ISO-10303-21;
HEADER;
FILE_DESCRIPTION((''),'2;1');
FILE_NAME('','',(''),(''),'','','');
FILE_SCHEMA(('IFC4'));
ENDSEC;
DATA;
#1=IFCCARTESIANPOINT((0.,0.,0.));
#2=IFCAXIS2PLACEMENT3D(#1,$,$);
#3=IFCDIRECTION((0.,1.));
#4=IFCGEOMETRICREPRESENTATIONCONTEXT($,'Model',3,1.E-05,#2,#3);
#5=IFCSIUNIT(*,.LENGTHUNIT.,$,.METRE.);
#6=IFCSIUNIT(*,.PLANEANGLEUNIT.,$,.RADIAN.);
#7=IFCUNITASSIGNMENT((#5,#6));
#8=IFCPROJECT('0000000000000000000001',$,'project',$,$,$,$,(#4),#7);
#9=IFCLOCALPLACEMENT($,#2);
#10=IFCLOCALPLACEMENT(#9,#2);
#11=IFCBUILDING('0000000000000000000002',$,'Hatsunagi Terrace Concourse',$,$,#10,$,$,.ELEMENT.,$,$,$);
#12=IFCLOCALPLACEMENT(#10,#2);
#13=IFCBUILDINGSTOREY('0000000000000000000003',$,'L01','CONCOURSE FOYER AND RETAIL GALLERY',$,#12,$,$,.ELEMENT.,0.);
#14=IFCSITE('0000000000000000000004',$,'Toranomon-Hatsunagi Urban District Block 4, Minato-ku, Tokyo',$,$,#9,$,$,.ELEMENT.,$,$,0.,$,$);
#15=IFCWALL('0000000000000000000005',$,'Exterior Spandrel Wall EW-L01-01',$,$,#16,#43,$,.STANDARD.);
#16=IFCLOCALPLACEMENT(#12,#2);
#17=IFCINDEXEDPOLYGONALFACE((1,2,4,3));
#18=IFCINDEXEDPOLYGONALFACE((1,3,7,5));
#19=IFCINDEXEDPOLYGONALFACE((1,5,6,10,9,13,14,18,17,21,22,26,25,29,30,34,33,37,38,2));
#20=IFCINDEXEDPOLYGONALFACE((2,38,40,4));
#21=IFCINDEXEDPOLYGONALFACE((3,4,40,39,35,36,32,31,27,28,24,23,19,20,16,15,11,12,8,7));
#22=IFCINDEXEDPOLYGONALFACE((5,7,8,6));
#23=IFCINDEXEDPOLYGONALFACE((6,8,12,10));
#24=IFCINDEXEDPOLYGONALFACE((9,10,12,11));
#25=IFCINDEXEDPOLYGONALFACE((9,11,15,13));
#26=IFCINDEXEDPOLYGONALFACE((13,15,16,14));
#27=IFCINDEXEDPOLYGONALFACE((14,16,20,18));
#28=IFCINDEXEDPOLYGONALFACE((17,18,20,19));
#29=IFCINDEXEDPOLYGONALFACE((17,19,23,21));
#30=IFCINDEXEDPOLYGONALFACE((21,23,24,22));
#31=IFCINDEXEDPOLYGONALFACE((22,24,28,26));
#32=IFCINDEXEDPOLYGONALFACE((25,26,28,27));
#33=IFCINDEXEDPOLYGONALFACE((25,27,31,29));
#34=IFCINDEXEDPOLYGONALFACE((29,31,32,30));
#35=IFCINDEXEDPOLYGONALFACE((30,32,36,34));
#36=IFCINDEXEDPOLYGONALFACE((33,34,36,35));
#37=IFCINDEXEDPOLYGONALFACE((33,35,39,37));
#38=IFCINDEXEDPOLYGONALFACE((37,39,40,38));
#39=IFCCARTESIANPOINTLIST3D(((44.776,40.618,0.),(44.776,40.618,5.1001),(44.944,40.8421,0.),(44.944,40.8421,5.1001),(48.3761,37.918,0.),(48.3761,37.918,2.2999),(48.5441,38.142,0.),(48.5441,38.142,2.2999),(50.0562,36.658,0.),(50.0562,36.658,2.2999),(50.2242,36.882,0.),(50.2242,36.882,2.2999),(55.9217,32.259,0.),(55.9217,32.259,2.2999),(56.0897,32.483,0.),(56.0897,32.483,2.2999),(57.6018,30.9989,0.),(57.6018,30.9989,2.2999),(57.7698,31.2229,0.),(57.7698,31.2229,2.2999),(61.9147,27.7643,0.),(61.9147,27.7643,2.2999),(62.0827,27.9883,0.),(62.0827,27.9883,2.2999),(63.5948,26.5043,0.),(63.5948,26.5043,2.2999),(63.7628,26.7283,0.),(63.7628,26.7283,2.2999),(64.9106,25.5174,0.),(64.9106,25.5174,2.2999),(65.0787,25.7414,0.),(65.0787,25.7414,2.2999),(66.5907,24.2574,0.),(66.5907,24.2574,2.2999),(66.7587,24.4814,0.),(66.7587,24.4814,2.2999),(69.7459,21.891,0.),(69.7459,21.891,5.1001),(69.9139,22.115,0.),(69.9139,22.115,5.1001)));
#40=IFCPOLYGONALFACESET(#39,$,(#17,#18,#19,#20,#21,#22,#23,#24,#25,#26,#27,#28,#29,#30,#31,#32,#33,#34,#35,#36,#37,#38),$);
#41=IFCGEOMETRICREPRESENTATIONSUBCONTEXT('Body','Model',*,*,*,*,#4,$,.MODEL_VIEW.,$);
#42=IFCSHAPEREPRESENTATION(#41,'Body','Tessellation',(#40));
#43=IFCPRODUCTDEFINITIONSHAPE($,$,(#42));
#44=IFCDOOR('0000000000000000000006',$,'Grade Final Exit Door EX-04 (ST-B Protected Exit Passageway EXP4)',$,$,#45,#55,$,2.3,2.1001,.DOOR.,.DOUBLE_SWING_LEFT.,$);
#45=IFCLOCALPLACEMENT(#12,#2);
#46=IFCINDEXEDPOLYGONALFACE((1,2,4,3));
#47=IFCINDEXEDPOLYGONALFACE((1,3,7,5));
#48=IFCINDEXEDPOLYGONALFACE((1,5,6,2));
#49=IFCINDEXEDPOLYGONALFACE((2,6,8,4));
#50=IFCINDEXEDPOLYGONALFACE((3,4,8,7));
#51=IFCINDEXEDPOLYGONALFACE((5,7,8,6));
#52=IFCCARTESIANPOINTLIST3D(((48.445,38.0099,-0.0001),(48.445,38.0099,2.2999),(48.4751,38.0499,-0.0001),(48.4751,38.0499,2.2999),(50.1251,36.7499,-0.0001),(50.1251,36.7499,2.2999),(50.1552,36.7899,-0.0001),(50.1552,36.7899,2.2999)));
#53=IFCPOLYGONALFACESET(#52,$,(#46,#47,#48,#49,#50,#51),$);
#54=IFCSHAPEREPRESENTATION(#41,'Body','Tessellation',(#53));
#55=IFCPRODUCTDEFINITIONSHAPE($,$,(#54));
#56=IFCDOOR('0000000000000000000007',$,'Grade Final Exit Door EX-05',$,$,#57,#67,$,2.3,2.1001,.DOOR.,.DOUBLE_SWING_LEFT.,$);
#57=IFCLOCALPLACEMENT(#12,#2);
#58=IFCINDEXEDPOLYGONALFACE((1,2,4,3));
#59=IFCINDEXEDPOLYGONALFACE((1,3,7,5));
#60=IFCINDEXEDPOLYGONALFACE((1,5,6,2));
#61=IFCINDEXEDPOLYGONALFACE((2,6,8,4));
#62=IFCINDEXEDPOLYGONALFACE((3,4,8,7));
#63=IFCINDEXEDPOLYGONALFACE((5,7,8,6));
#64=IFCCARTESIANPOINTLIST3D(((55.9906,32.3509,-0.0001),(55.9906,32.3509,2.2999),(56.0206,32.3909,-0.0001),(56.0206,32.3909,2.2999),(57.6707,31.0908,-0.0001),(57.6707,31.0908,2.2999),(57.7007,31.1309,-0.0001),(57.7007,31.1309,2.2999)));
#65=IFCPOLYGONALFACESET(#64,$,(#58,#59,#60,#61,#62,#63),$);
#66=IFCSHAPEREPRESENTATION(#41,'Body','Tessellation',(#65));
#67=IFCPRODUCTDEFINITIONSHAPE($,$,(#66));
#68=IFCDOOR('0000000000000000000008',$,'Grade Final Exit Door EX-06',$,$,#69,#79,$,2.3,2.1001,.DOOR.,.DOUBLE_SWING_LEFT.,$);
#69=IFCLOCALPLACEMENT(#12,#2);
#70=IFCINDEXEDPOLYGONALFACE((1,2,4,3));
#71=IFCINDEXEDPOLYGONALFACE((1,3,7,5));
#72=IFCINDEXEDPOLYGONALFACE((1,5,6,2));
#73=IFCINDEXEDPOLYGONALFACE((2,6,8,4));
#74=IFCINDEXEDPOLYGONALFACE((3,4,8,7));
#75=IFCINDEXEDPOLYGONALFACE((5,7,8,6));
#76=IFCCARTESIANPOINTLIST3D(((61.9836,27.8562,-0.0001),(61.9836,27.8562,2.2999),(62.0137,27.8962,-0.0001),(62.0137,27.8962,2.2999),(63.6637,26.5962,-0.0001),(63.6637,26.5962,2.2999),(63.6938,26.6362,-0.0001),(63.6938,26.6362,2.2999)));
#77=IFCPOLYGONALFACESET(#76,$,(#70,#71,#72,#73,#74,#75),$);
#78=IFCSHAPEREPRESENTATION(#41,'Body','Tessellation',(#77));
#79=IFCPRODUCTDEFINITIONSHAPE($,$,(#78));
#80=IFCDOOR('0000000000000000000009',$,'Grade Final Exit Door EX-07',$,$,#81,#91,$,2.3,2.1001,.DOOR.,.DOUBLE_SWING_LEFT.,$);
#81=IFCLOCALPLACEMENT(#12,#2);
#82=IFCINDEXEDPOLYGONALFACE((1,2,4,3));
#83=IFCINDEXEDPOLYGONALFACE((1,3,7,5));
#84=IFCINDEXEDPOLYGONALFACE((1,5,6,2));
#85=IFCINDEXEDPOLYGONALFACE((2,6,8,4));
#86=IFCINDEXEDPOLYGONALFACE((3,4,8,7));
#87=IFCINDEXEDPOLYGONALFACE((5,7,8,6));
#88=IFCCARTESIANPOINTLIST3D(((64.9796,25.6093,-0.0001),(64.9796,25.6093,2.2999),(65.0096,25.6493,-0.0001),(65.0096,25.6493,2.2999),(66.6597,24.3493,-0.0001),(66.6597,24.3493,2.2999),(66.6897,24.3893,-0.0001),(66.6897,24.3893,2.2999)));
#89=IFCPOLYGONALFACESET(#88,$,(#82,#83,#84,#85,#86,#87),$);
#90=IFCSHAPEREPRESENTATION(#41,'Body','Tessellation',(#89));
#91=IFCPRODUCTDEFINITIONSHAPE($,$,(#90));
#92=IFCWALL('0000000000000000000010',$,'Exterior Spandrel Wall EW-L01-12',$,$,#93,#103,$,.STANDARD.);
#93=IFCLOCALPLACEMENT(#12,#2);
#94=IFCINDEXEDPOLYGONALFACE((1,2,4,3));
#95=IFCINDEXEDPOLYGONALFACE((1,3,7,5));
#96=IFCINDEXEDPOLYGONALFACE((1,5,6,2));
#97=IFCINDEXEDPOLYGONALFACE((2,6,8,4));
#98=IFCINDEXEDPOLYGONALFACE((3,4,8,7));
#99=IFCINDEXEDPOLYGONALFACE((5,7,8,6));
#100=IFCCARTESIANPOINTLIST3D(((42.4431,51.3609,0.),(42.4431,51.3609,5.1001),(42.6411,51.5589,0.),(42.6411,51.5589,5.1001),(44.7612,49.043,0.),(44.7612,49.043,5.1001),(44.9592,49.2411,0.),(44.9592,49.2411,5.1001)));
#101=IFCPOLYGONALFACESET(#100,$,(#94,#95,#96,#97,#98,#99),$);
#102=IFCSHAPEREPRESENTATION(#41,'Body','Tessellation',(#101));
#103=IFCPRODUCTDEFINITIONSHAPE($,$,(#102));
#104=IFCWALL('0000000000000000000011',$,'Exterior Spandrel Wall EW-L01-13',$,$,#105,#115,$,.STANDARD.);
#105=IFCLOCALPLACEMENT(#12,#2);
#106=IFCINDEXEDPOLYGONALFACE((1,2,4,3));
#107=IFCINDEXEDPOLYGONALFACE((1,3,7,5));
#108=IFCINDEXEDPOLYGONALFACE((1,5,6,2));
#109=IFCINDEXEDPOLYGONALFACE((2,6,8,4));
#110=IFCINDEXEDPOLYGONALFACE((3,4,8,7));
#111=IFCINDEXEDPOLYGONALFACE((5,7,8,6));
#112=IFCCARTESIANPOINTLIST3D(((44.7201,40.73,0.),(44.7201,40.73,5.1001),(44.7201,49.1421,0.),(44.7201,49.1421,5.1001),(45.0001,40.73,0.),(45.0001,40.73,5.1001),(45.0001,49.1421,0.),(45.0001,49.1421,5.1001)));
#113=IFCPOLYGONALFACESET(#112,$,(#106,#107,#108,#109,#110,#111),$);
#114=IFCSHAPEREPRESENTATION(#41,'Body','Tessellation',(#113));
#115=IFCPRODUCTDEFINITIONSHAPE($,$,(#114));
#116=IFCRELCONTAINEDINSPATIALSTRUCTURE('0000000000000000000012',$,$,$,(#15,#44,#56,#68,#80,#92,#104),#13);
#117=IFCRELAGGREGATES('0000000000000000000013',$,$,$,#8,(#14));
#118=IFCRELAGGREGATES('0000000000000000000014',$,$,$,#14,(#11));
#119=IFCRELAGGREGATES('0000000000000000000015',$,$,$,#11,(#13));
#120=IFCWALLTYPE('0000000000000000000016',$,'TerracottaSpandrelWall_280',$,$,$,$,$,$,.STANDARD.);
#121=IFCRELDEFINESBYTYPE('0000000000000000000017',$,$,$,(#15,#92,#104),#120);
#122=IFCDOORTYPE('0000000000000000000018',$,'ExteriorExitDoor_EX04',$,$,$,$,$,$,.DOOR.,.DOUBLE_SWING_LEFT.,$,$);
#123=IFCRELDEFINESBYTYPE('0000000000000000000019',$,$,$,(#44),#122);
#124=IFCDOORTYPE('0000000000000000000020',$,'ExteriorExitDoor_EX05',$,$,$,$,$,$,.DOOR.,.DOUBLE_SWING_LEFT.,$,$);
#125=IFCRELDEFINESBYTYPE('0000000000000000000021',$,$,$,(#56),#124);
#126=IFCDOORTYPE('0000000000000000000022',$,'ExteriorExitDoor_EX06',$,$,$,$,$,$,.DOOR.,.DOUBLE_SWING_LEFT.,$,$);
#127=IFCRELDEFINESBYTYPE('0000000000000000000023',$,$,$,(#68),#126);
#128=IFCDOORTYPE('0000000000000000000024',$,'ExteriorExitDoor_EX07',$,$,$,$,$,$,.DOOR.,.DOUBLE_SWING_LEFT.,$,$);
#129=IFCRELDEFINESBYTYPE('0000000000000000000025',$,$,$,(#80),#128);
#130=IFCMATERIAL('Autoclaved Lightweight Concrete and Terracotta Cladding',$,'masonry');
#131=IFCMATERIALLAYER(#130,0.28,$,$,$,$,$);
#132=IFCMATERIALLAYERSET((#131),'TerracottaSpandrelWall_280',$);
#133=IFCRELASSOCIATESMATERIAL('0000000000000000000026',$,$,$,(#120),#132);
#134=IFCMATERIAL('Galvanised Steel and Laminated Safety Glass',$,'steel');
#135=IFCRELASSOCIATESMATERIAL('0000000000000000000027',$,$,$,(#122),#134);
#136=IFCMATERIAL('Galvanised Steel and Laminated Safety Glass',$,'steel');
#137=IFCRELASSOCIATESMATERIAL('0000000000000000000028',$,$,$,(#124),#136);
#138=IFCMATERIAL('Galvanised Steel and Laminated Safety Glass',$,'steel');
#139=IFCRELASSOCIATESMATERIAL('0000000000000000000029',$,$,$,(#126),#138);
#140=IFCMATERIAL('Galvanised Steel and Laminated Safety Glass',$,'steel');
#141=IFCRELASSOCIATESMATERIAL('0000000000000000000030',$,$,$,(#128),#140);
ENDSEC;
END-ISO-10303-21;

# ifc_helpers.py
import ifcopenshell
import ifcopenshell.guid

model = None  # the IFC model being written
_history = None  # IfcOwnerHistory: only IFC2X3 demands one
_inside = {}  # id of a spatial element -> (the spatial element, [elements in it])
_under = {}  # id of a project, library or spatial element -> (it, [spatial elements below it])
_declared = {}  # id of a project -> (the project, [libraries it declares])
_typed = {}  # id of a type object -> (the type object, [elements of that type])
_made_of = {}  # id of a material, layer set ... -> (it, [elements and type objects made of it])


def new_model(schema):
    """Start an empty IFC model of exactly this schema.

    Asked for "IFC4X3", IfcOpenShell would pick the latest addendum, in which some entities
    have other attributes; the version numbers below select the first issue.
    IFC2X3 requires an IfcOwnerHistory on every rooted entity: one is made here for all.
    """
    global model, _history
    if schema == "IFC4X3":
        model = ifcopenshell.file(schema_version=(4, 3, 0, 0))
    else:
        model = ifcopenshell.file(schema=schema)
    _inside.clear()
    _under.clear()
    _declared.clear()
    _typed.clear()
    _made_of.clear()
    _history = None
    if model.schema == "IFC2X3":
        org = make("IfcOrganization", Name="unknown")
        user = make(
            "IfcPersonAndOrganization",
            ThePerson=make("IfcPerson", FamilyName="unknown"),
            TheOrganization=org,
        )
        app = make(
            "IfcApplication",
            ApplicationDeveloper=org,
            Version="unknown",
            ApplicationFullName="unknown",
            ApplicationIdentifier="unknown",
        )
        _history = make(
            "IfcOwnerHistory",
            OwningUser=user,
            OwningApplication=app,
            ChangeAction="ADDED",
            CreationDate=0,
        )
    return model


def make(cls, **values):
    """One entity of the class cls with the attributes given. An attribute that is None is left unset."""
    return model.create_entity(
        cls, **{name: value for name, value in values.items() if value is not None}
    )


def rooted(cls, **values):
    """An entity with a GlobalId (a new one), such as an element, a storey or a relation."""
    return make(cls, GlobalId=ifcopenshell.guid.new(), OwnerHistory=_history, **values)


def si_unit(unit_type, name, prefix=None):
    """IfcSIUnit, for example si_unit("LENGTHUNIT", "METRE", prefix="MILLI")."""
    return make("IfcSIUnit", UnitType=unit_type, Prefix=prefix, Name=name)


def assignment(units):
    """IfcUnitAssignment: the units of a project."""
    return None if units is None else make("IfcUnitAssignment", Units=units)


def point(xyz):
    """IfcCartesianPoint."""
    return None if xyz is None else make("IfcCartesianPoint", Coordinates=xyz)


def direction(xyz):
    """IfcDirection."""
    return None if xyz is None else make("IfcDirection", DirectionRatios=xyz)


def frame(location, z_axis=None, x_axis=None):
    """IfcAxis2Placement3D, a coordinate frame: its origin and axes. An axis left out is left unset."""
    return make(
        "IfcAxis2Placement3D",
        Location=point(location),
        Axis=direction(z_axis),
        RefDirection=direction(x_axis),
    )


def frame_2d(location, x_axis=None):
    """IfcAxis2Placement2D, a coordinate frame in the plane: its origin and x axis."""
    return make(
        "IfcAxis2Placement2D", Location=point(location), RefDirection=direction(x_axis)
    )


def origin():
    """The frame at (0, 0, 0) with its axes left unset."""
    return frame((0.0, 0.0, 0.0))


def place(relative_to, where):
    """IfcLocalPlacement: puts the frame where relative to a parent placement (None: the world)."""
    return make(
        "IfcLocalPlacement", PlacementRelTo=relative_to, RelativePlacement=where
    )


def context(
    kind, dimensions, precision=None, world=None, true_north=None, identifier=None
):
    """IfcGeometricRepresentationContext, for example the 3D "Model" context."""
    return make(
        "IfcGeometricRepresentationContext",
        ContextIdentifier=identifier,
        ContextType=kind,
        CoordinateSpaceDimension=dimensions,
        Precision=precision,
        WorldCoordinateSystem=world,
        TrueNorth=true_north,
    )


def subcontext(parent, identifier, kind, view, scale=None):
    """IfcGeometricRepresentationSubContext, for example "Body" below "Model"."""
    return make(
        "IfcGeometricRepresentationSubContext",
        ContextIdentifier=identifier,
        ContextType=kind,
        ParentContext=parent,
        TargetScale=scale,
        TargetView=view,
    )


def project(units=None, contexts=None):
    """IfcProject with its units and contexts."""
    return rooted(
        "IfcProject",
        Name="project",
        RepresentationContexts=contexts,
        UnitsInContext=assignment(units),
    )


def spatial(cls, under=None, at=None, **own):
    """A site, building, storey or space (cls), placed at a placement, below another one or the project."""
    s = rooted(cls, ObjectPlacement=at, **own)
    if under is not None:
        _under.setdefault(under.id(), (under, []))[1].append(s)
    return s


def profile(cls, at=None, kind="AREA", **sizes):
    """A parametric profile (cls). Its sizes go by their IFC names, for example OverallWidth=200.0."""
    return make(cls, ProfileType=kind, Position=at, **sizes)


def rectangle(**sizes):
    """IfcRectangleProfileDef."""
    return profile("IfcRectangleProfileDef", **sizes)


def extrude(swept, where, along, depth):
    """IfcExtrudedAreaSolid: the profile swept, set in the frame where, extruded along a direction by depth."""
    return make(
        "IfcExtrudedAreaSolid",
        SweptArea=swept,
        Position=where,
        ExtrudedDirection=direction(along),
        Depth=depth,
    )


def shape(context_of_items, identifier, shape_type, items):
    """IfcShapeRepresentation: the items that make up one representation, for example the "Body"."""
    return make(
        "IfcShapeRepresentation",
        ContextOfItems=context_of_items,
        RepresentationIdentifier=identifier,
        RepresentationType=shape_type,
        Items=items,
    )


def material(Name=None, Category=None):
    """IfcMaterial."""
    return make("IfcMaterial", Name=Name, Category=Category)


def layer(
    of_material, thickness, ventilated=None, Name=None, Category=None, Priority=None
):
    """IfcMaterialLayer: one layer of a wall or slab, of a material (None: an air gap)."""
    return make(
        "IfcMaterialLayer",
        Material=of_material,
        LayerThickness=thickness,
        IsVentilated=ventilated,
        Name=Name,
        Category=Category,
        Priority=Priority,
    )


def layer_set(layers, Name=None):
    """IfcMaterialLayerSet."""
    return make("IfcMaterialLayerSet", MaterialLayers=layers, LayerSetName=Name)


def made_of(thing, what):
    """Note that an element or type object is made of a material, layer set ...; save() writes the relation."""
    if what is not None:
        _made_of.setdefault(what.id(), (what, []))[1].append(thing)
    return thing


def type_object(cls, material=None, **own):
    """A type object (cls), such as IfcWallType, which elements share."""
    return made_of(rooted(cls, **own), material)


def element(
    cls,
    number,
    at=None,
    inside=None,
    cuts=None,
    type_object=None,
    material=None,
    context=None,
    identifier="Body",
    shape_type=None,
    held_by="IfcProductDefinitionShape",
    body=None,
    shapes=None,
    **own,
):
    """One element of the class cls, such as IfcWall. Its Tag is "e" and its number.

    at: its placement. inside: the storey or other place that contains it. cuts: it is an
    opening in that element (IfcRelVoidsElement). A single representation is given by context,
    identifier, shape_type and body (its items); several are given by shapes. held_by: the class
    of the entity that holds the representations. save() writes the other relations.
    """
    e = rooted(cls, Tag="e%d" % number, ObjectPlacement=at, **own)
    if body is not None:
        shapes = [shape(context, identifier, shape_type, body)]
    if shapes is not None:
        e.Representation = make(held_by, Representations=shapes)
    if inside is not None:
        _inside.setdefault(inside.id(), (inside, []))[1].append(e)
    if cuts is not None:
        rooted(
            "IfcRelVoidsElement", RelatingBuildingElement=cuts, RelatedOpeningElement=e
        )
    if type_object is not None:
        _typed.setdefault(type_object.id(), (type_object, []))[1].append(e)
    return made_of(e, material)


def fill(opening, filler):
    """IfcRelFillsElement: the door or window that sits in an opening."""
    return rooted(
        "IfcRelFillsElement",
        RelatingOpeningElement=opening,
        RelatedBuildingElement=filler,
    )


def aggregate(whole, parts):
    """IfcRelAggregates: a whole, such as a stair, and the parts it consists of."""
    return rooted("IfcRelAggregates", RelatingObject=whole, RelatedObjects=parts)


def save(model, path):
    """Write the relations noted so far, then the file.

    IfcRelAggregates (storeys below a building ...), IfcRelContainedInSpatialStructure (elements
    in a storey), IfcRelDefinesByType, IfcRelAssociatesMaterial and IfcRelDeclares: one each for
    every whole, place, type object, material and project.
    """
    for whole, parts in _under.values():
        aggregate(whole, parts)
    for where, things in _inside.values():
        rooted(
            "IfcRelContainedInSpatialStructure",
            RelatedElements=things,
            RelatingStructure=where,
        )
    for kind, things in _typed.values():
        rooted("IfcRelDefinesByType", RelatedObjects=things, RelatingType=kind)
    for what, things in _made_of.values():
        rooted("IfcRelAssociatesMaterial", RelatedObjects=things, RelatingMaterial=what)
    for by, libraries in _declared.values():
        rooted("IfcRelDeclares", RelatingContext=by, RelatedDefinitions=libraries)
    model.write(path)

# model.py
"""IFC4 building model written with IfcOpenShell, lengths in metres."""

from ifc_helpers import new_model, si_unit, direction, frame, frame_2d, origin, place, context, subcontext, project, spatial, rectangle, extrude, material, layer, layer_set, type_object, element, fill, save


model = new_model("IFC4")

# Units and contexts
model_context = context("Model", 3, precision=1e-05, world=origin(), true_north=direction((0.0, 1.0)))
body_context = subcontext(model_context, "Body", "Model", "MODEL_VIEW")
ifc_project = project(units=[si_unit("LENGTHUNIT", "METRE"), si_unit("PLANEANGLEUNIT", "RADIAN")], contexts=[model_context])

# Site, building, storey
site_placement = place(None, origin())
site = spatial("IfcSite", under=ifc_project, at=site_placement, Name="Toranomon-Hatsunagi Urban District Block 4, Minato-ku, Tokyo", CompositionType="ELEMENT", RefElevation=0.0)
building_placement = place(site_placement, origin())
building = spatial("IfcBuilding", under=site, at=building_placement, Name="Hatsunagi Terrace Concourse", CompositionType="ELEMENT")
storey_placement = place(building_placement, origin())
storey = spatial("IfcBuildingStorey", under=building, at=storey_placement, Name="L01", Description="CONCOURSE FOYER AND RETAIL GALLERY", CompositionType="ELEMENT", Elevation=0.0)

# Wall, openings, doors
ifc_material_1 = material(Name="Autoclaved Lightweight Concrete and Terracotta Cladding", Category="masonry")
ifc_layer_1 = layer(ifc_material_1, 0.28)
ifc_layer_set_1 = layer_set([ifc_layer_1], Name="TerracottaSpandrelWall_280")
wall_type_1 = type_object("IfcWallType", Name="TerracottaSpandrelWall_280", PredefinedType="STANDARD", material=ifc_layer_set_1)
wall_1_placement = place(storey_placement, frame((44.8601, 40.73, 0.0), z_axis=(0.0, 0.0, 1.0), x_axis=(0.800007, -0.599991, 0.0)))
wall_1 = element("IfcWall", 1, at=wall_1_placement, inside=storey, type_object=wall_type_1, Name="Exterior Spandrel Wall EW-L01-01", PredefinedType="STANDARD", context=body_context, shape_type="SweptSolid", body=[
    extrude(rectangle(XDim=31.2122, YDim=0.28, at=frame_2d((15.606, 0.0))), origin(), (0.0, 0.0, 1.0), 5.1001),
])
opening_1_placement = place(wall_1_placement, frame((4.5, 0.0, 0.0)))
opening_1 = element("IfcOpeningElement", 2, at=opening_1_placement, cuts=wall_1, PredefinedType="OPENING", context=body_context, shape_type="SweptSolid", body=[
    extrude(rectangle(XDim=2.1001, YDim=2.3, at=frame_2d((1.05, 1.1499))), frame((0.0, 0.1499, 0.0), z_axis=(0.0, -1.0, 0.0), x_axis=(1.0, 0.0, 0.0)), (0.0, 0.0, 1.0), 0.3),
])
opening_2_placement = place(wall_1_placement, frame((13.9319, 0.0, 0.0)))
opening_2 = element("IfcOpeningElement", 3, at=opening_2_placement, cuts=wall_1, PredefinedType="OPENING", context=body_context, shape_type="SweptSolid", body=[
    extrude(rectangle(XDim=2.1001, YDim=2.3, at=frame_2d((1.05, 1.1499))), frame((0.0, 0.1499, 0.0), z_axis=(0.0, -1.0, 0.0), x_axis=(1.0, 0.0, 0.0)), (0.0, 0.0, 1.0), 0.3),
])
opening_3_placement = place(wall_1_placement, frame((21.4231, 0.0, 0.0)))
opening_3 = element("IfcOpeningElement", 4, at=opening_3_placement, cuts=wall_1, PredefinedType="OPENING", context=body_context, shape_type="SweptSolid", body=[
    extrude(rectangle(XDim=2.1001, YDim=2.3, at=frame_2d((1.05, 1.1499))), frame((0.0, 0.1499, 0.0), z_axis=(0.0, -1.0, 0.0), x_axis=(1.0, 0.0, 0.0)), (0.0, 0.0, 1.0), 0.3),
])
opening_4_placement = place(wall_1_placement, frame((25.168, 0.0, 0.0)))
opening_4 = element("IfcOpeningElement", 5, at=opening_4_placement, cuts=wall_1, PredefinedType="OPENING", context=body_context, shape_type="SweptSolid", body=[
    extrude(rectangle(XDim=2.1001, YDim=2.3, at=frame_2d((1.05, 1.1499))), frame((0.0, 0.1499, 0.0), z_axis=(0.0, -1.0, 0.0), x_axis=(1.0, 0.0, 0.0)), (0.0, 0.0, 1.0), 0.3),
])
ifc_material_2 = material(Name="Galvanised Steel and Laminated Safety Glass", Category="steel")
door_type_1 = type_object("IfcDoorType", Name="ExteriorExitDoor_EX04", OperationType="DOUBLE_SWING_LEFT", PredefinedType="DOOR", material=ifc_material_2)
door_1_placement = place(opening_1_placement, origin())
door_1 = element("IfcDoor", 6, at=door_1_placement, inside=storey, type_object=door_type_1, Name="Grade Final Exit Door EX-04 (ST-B Protected Exit Passageway EXP4)", OperationType="DOUBLE_SWING_LEFT", OverallHeight=2.3, OverallWidth=2.1001, PredefinedType="DOOR", context=body_context, shape_type="SweptSolid", body=[
    extrude(rectangle(XDim=2.1001, YDim=2.3, at=frame_2d((1.05, 1.1499))), frame((0.0, 0.0249, 0.0), z_axis=(0.0, -1.0, 0.0), x_axis=(1.0, 0.0, 0.0)), (0.0, 0.0, 1.0), 0.05),
])
fill(opening_1, door_1)
ifc_material_3 = material(Name="Galvanised Steel and Laminated Safety Glass", Category="steel")
door_type_2 = type_object("IfcDoorType", Name="ExteriorExitDoor_EX05", OperationType="DOUBLE_SWING_LEFT", PredefinedType="DOOR", material=ifc_material_3)
door_2_placement = place(opening_2_placement, origin())
door_2 = element("IfcDoor", 7, at=door_2_placement, inside=storey, type_object=door_type_2, Name="Grade Final Exit Door EX-05", OperationType="DOUBLE_SWING_LEFT", OverallHeight=2.3, OverallWidth=2.1001, PredefinedType="DOOR", context=body_context, shape_type="SweptSolid", body=[
    extrude(rectangle(XDim=2.1001, YDim=2.3, at=frame_2d((1.05, 1.1499))), frame((0.0, 0.0249, 0.0), z_axis=(0.0, -1.0, 0.0), x_axis=(1.0, 0.0, 0.0)), (0.0, 0.0, 1.0), 0.05),
])
fill(opening_2, door_2)
ifc_material_4 = material(Name="Galvanised Steel and Laminated Safety Glass", Category="steel")
door_type_3 = type_object("IfcDoorType", Name="ExteriorExitDoor_EX06", OperationType="DOUBLE_SWING_LEFT", PredefinedType="DOOR", material=ifc_material_4)
door_3_placement = place(opening_3_placement, origin())
door_3 = element("IfcDoor", 8, at=door_3_placement, inside=storey, type_object=door_type_3, Name="Grade Final Exit Door EX-06", OperationType="DOUBLE_SWING_LEFT", OverallHeight=2.3, OverallWidth=2.1001, PredefinedType="DOOR", context=body_context, shape_type="SweptSolid", body=[
    extrude(rectangle(XDim=2.1001, YDim=2.3, at=frame_2d((1.05, 1.1499))), frame((0.0, 0.0249, 0.0), z_axis=(0.0, -1.0, 0.0), x_axis=(1.0, 0.0, 0.0)), (0.0, 0.0, 1.0), 0.05),
])
fill(opening_3, door_3)
ifc_material_5 = material(Name="Galvanised Steel and Laminated Safety Glass", Category="steel")
door_type_4 = type_object("IfcDoorType", Name="ExteriorExitDoor_EX07", OperationType="DOUBLE_SWING_LEFT", PredefinedType="DOOR", material=ifc_material_5)
door_4_placement = place(opening_4_placement, origin())
door_4 = element("IfcDoor", 9, at=door_4_placement, inside=storey, type_object=door_type_4, Name="Grade Final Exit Door EX-07", OperationType="DOUBLE_SWING_LEFT", OverallHeight=2.3, OverallWidth=2.1001, PredefinedType="DOOR", context=body_context, shape_type="SweptSolid", body=[
    extrude(rectangle(XDim=2.1001, YDim=2.3, at=frame_2d((1.05, 1.1499))), frame((0.0, 0.0249, 0.0), z_axis=(0.0, -1.0, 0.0), x_axis=(1.0, 0.0, 0.0)), (0.0, 0.0, 1.0), 0.05),
])
fill(opening_4, door_4)

# Walls
wall_2_placement = place(storey_placement, frame((42.542, 51.46, 0.0), z_axis=(0.0, 0.0, 1.0), x_axis=(0.707144, -0.70707, 0.0)))
element("IfcWall", 10, at=wall_2_placement, inside=storey, type_object=wall_type_1, Name="Exterior Spandrel Wall EW-L01-12", PredefinedType="STANDARD", context=body_context, shape_type="SweptSolid", body=[
    extrude(rectangle(XDim=3.2781, YDim=0.28, at=frame_2d((1.6392, 0.0))), origin(), (0.0, 0.0, 1.0), 5.1001),
])
wall_3_placement = place(storey_placement, frame((44.8601, 49.1421, 0.0), z_axis=(0.0, 0.0, 1.0), x_axis=(0.0, -1.0, 0.0)))
element("IfcWall", 11, at=wall_3_placement, inside=storey, type_object=wall_type_1, Name="Exterior Spandrel Wall EW-L01-13", PredefinedType="STANDARD", context=body_context, shape_type="SweptSolid", body=[
    extrude(rectangle(XDim=8.4121, YDim=0.28, at=frame_2d((4.2061, 0.0))), origin(), (0.0, 0.0, 1.0), 5.1001),
])

save(model, "model.ifc")
